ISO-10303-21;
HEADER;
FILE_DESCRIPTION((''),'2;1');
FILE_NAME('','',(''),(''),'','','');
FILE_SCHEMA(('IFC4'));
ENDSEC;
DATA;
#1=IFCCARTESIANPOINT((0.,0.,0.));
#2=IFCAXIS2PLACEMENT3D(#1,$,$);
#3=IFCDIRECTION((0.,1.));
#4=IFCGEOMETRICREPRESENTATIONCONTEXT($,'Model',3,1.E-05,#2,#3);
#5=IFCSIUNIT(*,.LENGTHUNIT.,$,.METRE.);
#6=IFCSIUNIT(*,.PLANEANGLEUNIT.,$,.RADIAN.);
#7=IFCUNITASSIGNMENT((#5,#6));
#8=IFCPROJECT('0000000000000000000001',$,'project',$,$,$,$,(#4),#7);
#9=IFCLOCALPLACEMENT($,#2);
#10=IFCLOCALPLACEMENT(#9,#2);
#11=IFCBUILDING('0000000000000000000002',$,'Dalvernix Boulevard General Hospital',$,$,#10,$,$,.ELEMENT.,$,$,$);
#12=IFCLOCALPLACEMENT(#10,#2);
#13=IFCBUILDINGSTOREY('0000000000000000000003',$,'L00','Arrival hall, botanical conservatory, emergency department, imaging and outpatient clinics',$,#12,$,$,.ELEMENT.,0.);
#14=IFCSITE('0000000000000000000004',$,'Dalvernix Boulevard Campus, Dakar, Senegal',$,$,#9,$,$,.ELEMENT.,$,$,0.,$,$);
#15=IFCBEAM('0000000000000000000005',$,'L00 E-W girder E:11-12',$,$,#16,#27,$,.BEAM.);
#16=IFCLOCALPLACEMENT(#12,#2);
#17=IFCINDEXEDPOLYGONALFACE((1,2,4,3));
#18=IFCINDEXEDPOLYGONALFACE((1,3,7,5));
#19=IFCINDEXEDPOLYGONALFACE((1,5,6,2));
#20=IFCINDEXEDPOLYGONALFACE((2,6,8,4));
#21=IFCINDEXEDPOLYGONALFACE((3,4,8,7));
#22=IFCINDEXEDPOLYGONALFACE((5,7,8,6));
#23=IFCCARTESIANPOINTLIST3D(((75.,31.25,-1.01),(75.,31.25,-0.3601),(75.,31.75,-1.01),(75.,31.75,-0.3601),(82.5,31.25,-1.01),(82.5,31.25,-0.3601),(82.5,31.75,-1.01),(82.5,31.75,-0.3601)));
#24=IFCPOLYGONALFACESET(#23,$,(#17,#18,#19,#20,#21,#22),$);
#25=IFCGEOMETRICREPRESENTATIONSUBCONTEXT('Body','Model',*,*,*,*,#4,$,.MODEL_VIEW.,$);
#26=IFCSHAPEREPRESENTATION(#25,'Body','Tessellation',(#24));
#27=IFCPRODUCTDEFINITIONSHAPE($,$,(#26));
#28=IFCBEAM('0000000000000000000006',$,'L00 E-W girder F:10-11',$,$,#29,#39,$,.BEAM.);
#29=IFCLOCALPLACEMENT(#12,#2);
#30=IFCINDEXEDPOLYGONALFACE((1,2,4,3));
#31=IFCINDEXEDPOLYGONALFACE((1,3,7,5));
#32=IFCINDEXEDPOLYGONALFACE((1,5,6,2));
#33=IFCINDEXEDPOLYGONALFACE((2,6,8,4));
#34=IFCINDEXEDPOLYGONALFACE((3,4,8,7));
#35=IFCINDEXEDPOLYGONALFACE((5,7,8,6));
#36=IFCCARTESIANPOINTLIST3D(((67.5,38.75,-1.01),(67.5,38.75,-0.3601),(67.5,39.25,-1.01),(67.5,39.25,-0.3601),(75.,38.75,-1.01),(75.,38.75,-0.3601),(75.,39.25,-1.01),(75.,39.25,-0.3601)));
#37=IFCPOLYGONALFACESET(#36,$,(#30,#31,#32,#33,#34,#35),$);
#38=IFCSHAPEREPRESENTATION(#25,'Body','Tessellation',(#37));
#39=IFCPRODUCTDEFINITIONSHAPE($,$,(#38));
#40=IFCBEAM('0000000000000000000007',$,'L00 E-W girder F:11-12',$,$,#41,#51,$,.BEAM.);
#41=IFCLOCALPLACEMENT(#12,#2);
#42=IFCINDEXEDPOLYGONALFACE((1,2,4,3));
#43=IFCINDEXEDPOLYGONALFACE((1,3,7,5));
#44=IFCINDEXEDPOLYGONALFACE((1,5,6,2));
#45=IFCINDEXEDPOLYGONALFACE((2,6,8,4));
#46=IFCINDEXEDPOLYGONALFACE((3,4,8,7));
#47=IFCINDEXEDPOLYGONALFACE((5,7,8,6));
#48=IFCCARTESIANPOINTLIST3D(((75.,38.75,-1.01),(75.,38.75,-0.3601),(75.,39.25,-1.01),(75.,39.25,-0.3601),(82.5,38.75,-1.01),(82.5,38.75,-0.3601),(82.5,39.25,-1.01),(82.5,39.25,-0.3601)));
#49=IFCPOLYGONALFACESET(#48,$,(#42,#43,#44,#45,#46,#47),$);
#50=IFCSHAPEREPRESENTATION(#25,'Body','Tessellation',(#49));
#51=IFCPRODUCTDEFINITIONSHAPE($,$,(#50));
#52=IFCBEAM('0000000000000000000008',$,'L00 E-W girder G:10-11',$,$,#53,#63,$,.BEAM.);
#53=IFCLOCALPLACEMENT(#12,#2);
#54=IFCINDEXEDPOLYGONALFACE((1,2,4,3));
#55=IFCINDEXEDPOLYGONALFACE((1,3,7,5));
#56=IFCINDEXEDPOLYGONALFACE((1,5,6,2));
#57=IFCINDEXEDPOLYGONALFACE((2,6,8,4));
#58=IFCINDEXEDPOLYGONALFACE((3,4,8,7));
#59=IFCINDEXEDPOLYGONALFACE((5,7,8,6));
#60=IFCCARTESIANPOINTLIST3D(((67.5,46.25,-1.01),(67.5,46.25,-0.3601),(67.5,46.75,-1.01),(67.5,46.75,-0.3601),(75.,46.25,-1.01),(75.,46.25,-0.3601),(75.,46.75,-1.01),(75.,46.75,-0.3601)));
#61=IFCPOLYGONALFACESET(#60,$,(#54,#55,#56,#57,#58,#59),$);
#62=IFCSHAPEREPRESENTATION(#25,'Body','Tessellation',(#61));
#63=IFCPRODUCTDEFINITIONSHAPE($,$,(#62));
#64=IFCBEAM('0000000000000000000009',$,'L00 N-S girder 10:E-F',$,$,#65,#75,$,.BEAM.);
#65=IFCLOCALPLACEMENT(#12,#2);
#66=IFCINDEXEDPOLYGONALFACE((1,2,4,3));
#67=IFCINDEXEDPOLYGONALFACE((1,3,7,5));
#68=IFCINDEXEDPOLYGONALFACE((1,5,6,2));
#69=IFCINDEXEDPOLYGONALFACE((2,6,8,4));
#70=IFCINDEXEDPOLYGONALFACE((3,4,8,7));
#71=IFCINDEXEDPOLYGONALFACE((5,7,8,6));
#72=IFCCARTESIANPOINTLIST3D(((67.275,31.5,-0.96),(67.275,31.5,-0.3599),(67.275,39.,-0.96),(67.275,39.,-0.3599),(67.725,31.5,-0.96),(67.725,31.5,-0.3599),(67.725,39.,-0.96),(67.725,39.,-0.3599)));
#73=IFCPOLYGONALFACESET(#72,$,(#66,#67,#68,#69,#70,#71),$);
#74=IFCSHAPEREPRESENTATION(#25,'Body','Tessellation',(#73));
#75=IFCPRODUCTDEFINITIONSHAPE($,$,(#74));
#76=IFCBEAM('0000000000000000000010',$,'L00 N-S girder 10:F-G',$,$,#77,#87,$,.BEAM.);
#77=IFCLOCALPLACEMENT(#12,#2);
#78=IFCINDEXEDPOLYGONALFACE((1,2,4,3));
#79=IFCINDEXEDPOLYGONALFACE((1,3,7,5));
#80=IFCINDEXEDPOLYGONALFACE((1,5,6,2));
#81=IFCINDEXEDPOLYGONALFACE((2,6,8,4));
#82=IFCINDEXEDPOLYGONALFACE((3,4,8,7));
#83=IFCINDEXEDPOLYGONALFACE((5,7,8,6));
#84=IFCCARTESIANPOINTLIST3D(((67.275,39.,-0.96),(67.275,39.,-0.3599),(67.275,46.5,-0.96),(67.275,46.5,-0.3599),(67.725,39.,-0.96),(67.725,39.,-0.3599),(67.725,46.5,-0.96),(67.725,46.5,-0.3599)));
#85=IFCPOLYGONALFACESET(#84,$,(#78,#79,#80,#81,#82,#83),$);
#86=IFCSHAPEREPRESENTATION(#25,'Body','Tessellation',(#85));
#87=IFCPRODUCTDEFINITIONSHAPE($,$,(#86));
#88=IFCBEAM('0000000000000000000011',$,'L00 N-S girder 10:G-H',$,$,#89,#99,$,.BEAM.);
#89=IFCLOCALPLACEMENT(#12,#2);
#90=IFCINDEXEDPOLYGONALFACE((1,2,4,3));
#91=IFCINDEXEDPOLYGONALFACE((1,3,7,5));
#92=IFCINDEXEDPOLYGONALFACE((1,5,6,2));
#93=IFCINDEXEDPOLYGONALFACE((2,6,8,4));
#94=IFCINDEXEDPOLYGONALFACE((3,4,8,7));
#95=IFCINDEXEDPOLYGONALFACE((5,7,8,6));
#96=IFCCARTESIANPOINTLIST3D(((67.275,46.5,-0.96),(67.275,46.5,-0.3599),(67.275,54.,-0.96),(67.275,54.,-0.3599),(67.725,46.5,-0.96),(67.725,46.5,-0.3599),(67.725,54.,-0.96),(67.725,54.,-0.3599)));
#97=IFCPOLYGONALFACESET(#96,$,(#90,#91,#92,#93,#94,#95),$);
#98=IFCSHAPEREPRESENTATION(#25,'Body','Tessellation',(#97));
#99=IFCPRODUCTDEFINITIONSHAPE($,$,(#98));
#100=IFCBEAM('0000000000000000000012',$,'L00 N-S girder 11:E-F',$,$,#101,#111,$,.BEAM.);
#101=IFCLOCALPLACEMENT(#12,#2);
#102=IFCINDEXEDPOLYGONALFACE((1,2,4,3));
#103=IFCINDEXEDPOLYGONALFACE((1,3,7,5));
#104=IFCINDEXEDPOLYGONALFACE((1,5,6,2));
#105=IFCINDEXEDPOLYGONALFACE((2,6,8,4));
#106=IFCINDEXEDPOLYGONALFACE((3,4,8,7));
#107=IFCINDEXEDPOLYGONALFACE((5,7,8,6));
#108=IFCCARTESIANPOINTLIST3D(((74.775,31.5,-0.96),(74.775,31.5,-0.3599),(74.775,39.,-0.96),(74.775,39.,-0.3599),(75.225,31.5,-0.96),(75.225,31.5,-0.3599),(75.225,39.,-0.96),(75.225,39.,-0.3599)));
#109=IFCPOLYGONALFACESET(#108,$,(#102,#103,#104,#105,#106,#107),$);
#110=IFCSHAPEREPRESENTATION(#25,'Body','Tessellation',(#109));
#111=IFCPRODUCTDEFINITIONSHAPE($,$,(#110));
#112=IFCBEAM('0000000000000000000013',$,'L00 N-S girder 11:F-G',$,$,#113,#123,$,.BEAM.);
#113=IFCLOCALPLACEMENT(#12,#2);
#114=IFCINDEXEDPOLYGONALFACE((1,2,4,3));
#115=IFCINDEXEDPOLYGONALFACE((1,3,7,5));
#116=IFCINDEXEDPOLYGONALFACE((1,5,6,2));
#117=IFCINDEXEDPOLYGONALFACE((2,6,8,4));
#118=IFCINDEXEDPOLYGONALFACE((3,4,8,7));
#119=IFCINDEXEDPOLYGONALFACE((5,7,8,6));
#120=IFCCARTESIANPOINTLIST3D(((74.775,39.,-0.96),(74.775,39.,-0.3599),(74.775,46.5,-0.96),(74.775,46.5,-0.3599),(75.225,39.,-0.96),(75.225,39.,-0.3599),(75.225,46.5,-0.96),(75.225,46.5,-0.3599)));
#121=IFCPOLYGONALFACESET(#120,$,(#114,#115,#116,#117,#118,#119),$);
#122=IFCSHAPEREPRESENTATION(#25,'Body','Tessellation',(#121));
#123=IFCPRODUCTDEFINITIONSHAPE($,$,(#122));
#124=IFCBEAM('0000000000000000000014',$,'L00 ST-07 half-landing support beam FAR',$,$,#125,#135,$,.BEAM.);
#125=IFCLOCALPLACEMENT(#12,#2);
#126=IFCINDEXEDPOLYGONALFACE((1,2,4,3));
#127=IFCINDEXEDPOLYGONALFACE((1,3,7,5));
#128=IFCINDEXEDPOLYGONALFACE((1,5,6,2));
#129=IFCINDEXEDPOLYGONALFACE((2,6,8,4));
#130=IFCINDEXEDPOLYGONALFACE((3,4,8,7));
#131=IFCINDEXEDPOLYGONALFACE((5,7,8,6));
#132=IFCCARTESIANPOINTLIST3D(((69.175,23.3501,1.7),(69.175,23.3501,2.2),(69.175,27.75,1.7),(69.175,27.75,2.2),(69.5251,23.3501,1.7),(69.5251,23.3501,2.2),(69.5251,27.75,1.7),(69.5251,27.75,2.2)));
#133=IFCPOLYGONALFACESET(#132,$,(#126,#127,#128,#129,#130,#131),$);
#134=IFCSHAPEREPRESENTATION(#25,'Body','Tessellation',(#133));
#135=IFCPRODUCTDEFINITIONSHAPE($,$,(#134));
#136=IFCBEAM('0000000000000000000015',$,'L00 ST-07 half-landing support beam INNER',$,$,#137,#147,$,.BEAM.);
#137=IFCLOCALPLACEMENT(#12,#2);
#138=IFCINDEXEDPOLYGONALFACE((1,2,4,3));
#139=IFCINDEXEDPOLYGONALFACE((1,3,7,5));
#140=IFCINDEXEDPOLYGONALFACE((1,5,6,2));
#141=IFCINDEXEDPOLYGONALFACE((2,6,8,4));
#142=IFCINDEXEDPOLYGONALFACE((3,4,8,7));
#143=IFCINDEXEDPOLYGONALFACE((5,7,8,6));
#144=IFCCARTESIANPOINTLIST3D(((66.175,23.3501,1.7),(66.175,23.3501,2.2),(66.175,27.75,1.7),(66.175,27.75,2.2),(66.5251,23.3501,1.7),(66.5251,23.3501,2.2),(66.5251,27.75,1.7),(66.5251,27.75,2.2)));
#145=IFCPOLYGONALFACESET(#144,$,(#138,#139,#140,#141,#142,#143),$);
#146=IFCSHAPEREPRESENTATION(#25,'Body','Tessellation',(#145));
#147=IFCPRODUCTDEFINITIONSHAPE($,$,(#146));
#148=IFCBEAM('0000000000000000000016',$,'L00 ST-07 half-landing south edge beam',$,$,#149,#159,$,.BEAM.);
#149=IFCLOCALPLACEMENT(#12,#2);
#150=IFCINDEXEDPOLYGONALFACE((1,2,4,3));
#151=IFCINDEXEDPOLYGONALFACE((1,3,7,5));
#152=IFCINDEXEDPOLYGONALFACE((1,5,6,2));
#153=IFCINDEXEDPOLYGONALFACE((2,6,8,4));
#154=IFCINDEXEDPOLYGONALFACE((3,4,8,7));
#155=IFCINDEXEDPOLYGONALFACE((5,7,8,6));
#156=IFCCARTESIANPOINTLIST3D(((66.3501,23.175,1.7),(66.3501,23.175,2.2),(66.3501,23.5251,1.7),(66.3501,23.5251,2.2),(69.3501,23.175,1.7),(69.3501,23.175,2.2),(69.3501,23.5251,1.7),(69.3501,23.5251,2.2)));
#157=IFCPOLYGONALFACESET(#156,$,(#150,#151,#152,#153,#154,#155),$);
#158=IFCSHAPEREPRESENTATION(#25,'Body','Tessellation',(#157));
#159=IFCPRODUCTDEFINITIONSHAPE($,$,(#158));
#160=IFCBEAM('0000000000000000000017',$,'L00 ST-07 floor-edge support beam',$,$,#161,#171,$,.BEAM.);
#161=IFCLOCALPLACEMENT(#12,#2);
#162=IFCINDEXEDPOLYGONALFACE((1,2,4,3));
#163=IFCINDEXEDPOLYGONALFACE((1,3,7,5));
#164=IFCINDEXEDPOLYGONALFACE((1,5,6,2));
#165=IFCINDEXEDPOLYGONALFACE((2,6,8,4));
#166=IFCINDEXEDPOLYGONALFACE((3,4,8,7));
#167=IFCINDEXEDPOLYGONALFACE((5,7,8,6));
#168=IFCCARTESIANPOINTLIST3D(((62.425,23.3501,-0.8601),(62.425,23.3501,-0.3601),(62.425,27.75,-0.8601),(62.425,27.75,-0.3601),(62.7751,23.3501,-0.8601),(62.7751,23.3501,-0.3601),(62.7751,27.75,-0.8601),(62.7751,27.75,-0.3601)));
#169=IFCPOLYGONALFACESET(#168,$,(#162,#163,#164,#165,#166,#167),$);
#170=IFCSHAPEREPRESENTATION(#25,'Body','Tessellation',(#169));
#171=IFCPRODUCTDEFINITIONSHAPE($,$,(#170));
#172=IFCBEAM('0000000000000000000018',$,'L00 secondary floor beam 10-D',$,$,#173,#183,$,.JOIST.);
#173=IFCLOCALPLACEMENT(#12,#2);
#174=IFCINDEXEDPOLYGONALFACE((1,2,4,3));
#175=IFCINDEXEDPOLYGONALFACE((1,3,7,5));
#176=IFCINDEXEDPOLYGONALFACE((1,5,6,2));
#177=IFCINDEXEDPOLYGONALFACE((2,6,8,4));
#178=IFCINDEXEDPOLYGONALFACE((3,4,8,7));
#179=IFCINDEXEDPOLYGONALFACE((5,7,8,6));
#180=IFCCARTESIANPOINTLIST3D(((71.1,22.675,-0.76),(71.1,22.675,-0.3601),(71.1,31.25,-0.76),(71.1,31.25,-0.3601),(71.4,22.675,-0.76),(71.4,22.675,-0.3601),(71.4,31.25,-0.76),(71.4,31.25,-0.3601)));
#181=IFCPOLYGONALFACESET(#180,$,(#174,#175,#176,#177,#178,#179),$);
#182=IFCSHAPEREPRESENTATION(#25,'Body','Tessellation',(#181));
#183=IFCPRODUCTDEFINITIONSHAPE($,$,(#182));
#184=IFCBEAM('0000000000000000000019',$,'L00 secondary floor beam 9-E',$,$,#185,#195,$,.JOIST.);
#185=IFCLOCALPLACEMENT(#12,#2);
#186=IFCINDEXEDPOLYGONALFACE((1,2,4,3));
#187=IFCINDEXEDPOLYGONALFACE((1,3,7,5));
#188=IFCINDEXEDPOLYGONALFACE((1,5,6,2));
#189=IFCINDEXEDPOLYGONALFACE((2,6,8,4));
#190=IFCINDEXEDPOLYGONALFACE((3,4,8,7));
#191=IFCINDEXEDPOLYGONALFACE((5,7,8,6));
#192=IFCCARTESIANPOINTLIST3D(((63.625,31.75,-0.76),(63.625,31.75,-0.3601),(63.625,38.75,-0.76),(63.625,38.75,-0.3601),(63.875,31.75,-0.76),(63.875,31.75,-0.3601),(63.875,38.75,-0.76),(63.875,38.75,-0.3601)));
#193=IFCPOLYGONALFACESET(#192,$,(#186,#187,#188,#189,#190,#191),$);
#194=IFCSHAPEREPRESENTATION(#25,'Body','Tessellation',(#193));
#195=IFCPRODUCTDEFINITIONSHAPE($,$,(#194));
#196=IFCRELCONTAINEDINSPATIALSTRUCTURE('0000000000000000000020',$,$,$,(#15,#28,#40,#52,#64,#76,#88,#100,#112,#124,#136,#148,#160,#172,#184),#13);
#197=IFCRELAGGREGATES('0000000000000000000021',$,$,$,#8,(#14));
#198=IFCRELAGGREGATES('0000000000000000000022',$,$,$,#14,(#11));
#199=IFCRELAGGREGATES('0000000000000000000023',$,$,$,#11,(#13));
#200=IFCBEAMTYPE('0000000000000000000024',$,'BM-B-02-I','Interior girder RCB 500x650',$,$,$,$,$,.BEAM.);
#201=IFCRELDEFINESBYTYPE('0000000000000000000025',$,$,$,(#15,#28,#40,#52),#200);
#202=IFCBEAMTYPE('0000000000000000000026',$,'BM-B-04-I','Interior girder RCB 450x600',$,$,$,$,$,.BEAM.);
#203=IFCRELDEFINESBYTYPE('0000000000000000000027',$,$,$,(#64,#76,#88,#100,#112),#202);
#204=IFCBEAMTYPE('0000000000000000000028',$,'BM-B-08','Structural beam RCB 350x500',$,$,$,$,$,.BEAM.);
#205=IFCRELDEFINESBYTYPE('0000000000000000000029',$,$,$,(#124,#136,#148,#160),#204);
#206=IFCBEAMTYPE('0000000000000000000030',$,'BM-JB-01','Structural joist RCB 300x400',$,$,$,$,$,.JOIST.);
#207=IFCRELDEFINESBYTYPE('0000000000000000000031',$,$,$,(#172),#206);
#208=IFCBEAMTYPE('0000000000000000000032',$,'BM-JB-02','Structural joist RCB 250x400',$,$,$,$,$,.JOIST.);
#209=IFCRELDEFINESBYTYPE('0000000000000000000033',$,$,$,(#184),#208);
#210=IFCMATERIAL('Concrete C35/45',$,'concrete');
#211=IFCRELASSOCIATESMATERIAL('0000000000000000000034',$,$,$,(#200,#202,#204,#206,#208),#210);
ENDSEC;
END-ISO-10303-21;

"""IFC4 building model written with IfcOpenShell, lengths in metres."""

from ifc_helpers import new_model, si_unit, direction, frame, origin, origin_2d, place, context, subcontext, project, spatial, rectangle, extrude, material, material_profile, profile_set, type_object, element, save


model = new_model("IFC4")

# Units and contexts
model_context = context("Model", 3, precision=1e-05, world=origin(), true_north=direction((0.0, 1.0)))
body_context = subcontext(model_context, "Body", "Model", "MODEL_VIEW")
ifc_project = project(units=[si_unit("LENGTHUNIT", "METRE"), si_unit("PLANEANGLEUNIT", "RADIAN")], contexts=[model_context])

# Site, building, storey
site_placement = place(None, origin())
site = spatial("IfcSite", under=ifc_project, at=site_placement, Name="Dalvernix Boulevard Campus, Dakar, Senegal", CompositionType="ELEMENT", RefElevation=0.0)
building_placement = place(site_placement, origin())
building = spatial("IfcBuilding", under=site, at=building_placement, Name="Dalvernix Boulevard General Hospital", CompositionType="ELEMENT")
storey_placement = place(building_placement, origin())
storey = spatial("IfcBuildingStorey", under=building, at=storey_placement, Name="L00", Description="Arrival hall, botanical conservatory, emergency department, imaging and outpatient clinics", CompositionType="ELEMENT", Elevation=0.0)

# Beams
ifc_material_1 = material(Name="Concrete C35/45", Category="concrete")
ifc_material_profile_1 = material_profile(ifc_material_1, rectangle(XDim=0.5, YDim=0.6499, at=origin_2d()), Name="RCB 500x650")
ifc_profile_set_1 = profile_set([ifc_material_profile_1], Name="Concrete C35/45")
beam_type_1 = type_object("IfcBeamType", Name="BM-B-02-I", Description="Interior girder RCB 500x650", PredefinedType="BEAM", material=ifc_profile_set_1)
for number, where, z_axis, x_axis, name in (
    (1, (75.0, 31.5, -0.6851), (1.0, 0.0, 0.0), (0.0, 1.0, 0.0), "L00 E-W girder E:11-12"),
    (2, (67.5, 39.0, -0.6851), (1.0, 0.0, 0.0), (0.0, 1.0, 0.0), "L00 E-W girder F:10-11"),
    (3, (75.0, 39.0, -0.6851), (1.0, 0.0, 0.0), (0.0, 1.0, 0.0), "L00 E-W girder F:11-12"),
    (4, (67.5, 46.5, -0.6851), (1.0, 0.0, 0.0), (0.0, 1.0, 0.0), "L00 E-W girder G:10-11"),
):
    element("IfcBeam", number, at=place(storey_placement, frame(where, z_axis=z_axis, x_axis=x_axis)), inside=storey, type_object=beam_type_1, Name=name, PredefinedType="BEAM", context=body_context, shape_type="SweptSolid", body=[
        extrude(rectangle(XDim=0.5, YDim=0.6499, at=origin_2d()), origin(), (0.0, 0.0, 1.0), 7.5),
    ])
ifc_material_profile_2 = material_profile(ifc_material_1, rectangle(XDim=0.45, YDim=0.6001, at=origin_2d()), Name="RCB 450x600")
ifc_profile_set_2 = profile_set([ifc_material_profile_2], Name="Concrete C35/45")
beam_type_2 = type_object("IfcBeamType", Name="BM-B-04-I", Description="Interior girder RCB 450x600", PredefinedType="BEAM", material=ifc_profile_set_2)
for number, where, z_axis, x_axis, name in (
    (5, (67.5, 31.5, -0.6599), (0.0, 1.0, 0.0), (-1.0, 0.0, 0.0), "L00 N-S girder 10:E-F"),
    (6, (67.5, 39.0, -0.6599), (0.0, 1.0, 0.0), (-1.0, 0.0, 0.0), "L00 N-S girder 10:F-G"),
    (7, (67.5, 46.5, -0.6599), (0.0, 1.0, 0.0), (-1.0, 0.0, 0.0), "L00 N-S girder 10:G-H"),
    (8, (75.0, 31.5, -0.6599), (0.0, 1.0, 0.0), (-1.0, 0.0, 0.0), "L00 N-S girder 11:E-F"),
    (9, (75.0, 39.0, -0.6599), (0.0, 1.0, 0.0), (-1.0, 0.0, 0.0), "L00 N-S girder 11:F-G"),
):
    element("IfcBeam", number, at=place(storey_placement, frame(where, z_axis=z_axis, x_axis=x_axis)), inside=storey, type_object=beam_type_2, Name=name, PredefinedType="BEAM", context=body_context, shape_type="SweptSolid", body=[
        extrude(rectangle(XDim=0.45, YDim=0.6001, at=origin_2d()), origin(), (0.0, 0.0, 1.0), 7.5),
    ])
ifc_material_profile_3 = material_profile(ifc_material_1, rectangle(XDim=0.3501, YDim=0.5, at=origin_2d()), Name="RCB 350x500")
ifc_profile_set_3 = profile_set([ifc_material_profile_3], Name="Concrete C35/45")
beam_type_3 = type_object("IfcBeamType", Name="BM-B-08", Description="Structural beam RCB 350x500", PredefinedType="BEAM", material=ifc_profile_set_3)
for number, where, z_axis, x_axis, name in (
    (10, (69.3501, 23.3501, 1.95), (0.0, 1.0, 0.0), (-1.0, 0.0, 0.0), "L00 ST-07 half-landing support beam FAR"),
    (11, (66.3501, 23.3501, 1.95), (0.0, 1.0, 0.0), (-1.0, 0.0, 0.0), "L00 ST-07 half-landing support beam INNER"),
):
    element("IfcBeam", number, at=place(storey_placement, frame(where, z_axis=z_axis, x_axis=x_axis)), inside=storey, type_object=beam_type_3, Name=name, PredefinedType="BEAM", context=body_context, shape_type="SweptSolid", body=[
        extrude(rectangle(XDim=0.3501, YDim=0.5, at=origin_2d()), origin(), (0.0, 0.0, 1.0), 4.3999),
    ])
beam_1_placement = place(storey_placement, frame((66.3501, 23.3501, 1.95), z_axis=(1.0, 0.0, 0.0), x_axis=(0.0, 1.0, 0.0)))
element("IfcBeam", 12, at=beam_1_placement, inside=storey, type_object=beam_type_3, Name="L00 ST-07 half-landing south edge beam", PredefinedType="BEAM", context=body_context, shape_type="SweptSolid", body=[
    extrude(rectangle(XDim=0.3501, YDim=0.5, at=origin_2d()), origin(), (0.0, 0.0, 1.0), 3.0),
])
beam_2_placement = place(storey_placement, frame((62.6001, 23.3501, -0.6101), z_axis=(0.0, 1.0, 0.0), x_axis=(-1.0, 0.0, 0.0)))
element("IfcBeam", 13, at=beam_2_placement, inside=storey, type_object=beam_type_3, Name="L00 ST-07 floor-edge support beam", PredefinedType="BEAM", context=body_context, shape_type="SweptSolid", body=[
    extrude(rectangle(XDim=0.3501, YDim=0.5, at=origin_2d()), origin(), (0.0, 0.0, 1.0), 4.3999),
])
ifc_material_profile_4 = material_profile(ifc_material_1, rectangle(XDim=0.3, YDim=0.3999, at=origin_2d()), Name="RCB 300x400")
ifc_profile_set_4 = profile_set([ifc_material_profile_4], Name="Concrete C35/45")
beam_type_4 = type_object("IfcBeamType", Name="BM-JB-01", Description="Structural joist RCB 300x400", PredefinedType="JOIST", material=ifc_profile_set_4)
beam_3_placement = place(storey_placement, frame((71.25, 22.675, -0.5601), z_axis=(0.0, 1.0, 0.0), x_axis=(-1.0, 0.0, 0.0)))
element("IfcBeam", 14, at=beam_3_placement, inside=storey, type_object=beam_type_4, Name="L00 secondary floor beam 10-D", PredefinedType="JOIST", context=body_context, shape_type="SweptSolid", body=[
    extrude(rectangle(XDim=0.3, YDim=0.3999, at=origin_2d()), origin(), (0.0, 0.0, 1.0), 8.575),
])
ifc_material_profile_5 = material_profile(ifc_material_1, rectangle(XDim=0.25, YDim=0.3999, at=origin_2d()), Name="RCB 250x400")
ifc_profile_set_5 = profile_set([ifc_material_profile_5], Name="Concrete C35/45")
beam_type_5 = type_object("IfcBeamType", Name="BM-JB-02", Description="Structural joist RCB 250x400", PredefinedType="JOIST", material=ifc_profile_set_5)
beam_4_placement = place(storey_placement, frame((63.75, 31.75, -0.5601), z_axis=(0.0, 1.0, 0.0), x_axis=(-1.0, 0.0, 0.0)))
element("IfcBeam", 15, at=beam_4_placement, inside=storey, type_object=beam_type_5, Name="L00 secondary floor beam 9-E", PredefinedType="JOIST", context=body_context, shape_type="SweptSolid", body=[
    extrude(rectangle(XDim=0.25, YDim=0.3999, at=origin_2d()), origin(), (0.0, 0.0, 1.0), 7.0),
])

save(model, "model.ifc")
